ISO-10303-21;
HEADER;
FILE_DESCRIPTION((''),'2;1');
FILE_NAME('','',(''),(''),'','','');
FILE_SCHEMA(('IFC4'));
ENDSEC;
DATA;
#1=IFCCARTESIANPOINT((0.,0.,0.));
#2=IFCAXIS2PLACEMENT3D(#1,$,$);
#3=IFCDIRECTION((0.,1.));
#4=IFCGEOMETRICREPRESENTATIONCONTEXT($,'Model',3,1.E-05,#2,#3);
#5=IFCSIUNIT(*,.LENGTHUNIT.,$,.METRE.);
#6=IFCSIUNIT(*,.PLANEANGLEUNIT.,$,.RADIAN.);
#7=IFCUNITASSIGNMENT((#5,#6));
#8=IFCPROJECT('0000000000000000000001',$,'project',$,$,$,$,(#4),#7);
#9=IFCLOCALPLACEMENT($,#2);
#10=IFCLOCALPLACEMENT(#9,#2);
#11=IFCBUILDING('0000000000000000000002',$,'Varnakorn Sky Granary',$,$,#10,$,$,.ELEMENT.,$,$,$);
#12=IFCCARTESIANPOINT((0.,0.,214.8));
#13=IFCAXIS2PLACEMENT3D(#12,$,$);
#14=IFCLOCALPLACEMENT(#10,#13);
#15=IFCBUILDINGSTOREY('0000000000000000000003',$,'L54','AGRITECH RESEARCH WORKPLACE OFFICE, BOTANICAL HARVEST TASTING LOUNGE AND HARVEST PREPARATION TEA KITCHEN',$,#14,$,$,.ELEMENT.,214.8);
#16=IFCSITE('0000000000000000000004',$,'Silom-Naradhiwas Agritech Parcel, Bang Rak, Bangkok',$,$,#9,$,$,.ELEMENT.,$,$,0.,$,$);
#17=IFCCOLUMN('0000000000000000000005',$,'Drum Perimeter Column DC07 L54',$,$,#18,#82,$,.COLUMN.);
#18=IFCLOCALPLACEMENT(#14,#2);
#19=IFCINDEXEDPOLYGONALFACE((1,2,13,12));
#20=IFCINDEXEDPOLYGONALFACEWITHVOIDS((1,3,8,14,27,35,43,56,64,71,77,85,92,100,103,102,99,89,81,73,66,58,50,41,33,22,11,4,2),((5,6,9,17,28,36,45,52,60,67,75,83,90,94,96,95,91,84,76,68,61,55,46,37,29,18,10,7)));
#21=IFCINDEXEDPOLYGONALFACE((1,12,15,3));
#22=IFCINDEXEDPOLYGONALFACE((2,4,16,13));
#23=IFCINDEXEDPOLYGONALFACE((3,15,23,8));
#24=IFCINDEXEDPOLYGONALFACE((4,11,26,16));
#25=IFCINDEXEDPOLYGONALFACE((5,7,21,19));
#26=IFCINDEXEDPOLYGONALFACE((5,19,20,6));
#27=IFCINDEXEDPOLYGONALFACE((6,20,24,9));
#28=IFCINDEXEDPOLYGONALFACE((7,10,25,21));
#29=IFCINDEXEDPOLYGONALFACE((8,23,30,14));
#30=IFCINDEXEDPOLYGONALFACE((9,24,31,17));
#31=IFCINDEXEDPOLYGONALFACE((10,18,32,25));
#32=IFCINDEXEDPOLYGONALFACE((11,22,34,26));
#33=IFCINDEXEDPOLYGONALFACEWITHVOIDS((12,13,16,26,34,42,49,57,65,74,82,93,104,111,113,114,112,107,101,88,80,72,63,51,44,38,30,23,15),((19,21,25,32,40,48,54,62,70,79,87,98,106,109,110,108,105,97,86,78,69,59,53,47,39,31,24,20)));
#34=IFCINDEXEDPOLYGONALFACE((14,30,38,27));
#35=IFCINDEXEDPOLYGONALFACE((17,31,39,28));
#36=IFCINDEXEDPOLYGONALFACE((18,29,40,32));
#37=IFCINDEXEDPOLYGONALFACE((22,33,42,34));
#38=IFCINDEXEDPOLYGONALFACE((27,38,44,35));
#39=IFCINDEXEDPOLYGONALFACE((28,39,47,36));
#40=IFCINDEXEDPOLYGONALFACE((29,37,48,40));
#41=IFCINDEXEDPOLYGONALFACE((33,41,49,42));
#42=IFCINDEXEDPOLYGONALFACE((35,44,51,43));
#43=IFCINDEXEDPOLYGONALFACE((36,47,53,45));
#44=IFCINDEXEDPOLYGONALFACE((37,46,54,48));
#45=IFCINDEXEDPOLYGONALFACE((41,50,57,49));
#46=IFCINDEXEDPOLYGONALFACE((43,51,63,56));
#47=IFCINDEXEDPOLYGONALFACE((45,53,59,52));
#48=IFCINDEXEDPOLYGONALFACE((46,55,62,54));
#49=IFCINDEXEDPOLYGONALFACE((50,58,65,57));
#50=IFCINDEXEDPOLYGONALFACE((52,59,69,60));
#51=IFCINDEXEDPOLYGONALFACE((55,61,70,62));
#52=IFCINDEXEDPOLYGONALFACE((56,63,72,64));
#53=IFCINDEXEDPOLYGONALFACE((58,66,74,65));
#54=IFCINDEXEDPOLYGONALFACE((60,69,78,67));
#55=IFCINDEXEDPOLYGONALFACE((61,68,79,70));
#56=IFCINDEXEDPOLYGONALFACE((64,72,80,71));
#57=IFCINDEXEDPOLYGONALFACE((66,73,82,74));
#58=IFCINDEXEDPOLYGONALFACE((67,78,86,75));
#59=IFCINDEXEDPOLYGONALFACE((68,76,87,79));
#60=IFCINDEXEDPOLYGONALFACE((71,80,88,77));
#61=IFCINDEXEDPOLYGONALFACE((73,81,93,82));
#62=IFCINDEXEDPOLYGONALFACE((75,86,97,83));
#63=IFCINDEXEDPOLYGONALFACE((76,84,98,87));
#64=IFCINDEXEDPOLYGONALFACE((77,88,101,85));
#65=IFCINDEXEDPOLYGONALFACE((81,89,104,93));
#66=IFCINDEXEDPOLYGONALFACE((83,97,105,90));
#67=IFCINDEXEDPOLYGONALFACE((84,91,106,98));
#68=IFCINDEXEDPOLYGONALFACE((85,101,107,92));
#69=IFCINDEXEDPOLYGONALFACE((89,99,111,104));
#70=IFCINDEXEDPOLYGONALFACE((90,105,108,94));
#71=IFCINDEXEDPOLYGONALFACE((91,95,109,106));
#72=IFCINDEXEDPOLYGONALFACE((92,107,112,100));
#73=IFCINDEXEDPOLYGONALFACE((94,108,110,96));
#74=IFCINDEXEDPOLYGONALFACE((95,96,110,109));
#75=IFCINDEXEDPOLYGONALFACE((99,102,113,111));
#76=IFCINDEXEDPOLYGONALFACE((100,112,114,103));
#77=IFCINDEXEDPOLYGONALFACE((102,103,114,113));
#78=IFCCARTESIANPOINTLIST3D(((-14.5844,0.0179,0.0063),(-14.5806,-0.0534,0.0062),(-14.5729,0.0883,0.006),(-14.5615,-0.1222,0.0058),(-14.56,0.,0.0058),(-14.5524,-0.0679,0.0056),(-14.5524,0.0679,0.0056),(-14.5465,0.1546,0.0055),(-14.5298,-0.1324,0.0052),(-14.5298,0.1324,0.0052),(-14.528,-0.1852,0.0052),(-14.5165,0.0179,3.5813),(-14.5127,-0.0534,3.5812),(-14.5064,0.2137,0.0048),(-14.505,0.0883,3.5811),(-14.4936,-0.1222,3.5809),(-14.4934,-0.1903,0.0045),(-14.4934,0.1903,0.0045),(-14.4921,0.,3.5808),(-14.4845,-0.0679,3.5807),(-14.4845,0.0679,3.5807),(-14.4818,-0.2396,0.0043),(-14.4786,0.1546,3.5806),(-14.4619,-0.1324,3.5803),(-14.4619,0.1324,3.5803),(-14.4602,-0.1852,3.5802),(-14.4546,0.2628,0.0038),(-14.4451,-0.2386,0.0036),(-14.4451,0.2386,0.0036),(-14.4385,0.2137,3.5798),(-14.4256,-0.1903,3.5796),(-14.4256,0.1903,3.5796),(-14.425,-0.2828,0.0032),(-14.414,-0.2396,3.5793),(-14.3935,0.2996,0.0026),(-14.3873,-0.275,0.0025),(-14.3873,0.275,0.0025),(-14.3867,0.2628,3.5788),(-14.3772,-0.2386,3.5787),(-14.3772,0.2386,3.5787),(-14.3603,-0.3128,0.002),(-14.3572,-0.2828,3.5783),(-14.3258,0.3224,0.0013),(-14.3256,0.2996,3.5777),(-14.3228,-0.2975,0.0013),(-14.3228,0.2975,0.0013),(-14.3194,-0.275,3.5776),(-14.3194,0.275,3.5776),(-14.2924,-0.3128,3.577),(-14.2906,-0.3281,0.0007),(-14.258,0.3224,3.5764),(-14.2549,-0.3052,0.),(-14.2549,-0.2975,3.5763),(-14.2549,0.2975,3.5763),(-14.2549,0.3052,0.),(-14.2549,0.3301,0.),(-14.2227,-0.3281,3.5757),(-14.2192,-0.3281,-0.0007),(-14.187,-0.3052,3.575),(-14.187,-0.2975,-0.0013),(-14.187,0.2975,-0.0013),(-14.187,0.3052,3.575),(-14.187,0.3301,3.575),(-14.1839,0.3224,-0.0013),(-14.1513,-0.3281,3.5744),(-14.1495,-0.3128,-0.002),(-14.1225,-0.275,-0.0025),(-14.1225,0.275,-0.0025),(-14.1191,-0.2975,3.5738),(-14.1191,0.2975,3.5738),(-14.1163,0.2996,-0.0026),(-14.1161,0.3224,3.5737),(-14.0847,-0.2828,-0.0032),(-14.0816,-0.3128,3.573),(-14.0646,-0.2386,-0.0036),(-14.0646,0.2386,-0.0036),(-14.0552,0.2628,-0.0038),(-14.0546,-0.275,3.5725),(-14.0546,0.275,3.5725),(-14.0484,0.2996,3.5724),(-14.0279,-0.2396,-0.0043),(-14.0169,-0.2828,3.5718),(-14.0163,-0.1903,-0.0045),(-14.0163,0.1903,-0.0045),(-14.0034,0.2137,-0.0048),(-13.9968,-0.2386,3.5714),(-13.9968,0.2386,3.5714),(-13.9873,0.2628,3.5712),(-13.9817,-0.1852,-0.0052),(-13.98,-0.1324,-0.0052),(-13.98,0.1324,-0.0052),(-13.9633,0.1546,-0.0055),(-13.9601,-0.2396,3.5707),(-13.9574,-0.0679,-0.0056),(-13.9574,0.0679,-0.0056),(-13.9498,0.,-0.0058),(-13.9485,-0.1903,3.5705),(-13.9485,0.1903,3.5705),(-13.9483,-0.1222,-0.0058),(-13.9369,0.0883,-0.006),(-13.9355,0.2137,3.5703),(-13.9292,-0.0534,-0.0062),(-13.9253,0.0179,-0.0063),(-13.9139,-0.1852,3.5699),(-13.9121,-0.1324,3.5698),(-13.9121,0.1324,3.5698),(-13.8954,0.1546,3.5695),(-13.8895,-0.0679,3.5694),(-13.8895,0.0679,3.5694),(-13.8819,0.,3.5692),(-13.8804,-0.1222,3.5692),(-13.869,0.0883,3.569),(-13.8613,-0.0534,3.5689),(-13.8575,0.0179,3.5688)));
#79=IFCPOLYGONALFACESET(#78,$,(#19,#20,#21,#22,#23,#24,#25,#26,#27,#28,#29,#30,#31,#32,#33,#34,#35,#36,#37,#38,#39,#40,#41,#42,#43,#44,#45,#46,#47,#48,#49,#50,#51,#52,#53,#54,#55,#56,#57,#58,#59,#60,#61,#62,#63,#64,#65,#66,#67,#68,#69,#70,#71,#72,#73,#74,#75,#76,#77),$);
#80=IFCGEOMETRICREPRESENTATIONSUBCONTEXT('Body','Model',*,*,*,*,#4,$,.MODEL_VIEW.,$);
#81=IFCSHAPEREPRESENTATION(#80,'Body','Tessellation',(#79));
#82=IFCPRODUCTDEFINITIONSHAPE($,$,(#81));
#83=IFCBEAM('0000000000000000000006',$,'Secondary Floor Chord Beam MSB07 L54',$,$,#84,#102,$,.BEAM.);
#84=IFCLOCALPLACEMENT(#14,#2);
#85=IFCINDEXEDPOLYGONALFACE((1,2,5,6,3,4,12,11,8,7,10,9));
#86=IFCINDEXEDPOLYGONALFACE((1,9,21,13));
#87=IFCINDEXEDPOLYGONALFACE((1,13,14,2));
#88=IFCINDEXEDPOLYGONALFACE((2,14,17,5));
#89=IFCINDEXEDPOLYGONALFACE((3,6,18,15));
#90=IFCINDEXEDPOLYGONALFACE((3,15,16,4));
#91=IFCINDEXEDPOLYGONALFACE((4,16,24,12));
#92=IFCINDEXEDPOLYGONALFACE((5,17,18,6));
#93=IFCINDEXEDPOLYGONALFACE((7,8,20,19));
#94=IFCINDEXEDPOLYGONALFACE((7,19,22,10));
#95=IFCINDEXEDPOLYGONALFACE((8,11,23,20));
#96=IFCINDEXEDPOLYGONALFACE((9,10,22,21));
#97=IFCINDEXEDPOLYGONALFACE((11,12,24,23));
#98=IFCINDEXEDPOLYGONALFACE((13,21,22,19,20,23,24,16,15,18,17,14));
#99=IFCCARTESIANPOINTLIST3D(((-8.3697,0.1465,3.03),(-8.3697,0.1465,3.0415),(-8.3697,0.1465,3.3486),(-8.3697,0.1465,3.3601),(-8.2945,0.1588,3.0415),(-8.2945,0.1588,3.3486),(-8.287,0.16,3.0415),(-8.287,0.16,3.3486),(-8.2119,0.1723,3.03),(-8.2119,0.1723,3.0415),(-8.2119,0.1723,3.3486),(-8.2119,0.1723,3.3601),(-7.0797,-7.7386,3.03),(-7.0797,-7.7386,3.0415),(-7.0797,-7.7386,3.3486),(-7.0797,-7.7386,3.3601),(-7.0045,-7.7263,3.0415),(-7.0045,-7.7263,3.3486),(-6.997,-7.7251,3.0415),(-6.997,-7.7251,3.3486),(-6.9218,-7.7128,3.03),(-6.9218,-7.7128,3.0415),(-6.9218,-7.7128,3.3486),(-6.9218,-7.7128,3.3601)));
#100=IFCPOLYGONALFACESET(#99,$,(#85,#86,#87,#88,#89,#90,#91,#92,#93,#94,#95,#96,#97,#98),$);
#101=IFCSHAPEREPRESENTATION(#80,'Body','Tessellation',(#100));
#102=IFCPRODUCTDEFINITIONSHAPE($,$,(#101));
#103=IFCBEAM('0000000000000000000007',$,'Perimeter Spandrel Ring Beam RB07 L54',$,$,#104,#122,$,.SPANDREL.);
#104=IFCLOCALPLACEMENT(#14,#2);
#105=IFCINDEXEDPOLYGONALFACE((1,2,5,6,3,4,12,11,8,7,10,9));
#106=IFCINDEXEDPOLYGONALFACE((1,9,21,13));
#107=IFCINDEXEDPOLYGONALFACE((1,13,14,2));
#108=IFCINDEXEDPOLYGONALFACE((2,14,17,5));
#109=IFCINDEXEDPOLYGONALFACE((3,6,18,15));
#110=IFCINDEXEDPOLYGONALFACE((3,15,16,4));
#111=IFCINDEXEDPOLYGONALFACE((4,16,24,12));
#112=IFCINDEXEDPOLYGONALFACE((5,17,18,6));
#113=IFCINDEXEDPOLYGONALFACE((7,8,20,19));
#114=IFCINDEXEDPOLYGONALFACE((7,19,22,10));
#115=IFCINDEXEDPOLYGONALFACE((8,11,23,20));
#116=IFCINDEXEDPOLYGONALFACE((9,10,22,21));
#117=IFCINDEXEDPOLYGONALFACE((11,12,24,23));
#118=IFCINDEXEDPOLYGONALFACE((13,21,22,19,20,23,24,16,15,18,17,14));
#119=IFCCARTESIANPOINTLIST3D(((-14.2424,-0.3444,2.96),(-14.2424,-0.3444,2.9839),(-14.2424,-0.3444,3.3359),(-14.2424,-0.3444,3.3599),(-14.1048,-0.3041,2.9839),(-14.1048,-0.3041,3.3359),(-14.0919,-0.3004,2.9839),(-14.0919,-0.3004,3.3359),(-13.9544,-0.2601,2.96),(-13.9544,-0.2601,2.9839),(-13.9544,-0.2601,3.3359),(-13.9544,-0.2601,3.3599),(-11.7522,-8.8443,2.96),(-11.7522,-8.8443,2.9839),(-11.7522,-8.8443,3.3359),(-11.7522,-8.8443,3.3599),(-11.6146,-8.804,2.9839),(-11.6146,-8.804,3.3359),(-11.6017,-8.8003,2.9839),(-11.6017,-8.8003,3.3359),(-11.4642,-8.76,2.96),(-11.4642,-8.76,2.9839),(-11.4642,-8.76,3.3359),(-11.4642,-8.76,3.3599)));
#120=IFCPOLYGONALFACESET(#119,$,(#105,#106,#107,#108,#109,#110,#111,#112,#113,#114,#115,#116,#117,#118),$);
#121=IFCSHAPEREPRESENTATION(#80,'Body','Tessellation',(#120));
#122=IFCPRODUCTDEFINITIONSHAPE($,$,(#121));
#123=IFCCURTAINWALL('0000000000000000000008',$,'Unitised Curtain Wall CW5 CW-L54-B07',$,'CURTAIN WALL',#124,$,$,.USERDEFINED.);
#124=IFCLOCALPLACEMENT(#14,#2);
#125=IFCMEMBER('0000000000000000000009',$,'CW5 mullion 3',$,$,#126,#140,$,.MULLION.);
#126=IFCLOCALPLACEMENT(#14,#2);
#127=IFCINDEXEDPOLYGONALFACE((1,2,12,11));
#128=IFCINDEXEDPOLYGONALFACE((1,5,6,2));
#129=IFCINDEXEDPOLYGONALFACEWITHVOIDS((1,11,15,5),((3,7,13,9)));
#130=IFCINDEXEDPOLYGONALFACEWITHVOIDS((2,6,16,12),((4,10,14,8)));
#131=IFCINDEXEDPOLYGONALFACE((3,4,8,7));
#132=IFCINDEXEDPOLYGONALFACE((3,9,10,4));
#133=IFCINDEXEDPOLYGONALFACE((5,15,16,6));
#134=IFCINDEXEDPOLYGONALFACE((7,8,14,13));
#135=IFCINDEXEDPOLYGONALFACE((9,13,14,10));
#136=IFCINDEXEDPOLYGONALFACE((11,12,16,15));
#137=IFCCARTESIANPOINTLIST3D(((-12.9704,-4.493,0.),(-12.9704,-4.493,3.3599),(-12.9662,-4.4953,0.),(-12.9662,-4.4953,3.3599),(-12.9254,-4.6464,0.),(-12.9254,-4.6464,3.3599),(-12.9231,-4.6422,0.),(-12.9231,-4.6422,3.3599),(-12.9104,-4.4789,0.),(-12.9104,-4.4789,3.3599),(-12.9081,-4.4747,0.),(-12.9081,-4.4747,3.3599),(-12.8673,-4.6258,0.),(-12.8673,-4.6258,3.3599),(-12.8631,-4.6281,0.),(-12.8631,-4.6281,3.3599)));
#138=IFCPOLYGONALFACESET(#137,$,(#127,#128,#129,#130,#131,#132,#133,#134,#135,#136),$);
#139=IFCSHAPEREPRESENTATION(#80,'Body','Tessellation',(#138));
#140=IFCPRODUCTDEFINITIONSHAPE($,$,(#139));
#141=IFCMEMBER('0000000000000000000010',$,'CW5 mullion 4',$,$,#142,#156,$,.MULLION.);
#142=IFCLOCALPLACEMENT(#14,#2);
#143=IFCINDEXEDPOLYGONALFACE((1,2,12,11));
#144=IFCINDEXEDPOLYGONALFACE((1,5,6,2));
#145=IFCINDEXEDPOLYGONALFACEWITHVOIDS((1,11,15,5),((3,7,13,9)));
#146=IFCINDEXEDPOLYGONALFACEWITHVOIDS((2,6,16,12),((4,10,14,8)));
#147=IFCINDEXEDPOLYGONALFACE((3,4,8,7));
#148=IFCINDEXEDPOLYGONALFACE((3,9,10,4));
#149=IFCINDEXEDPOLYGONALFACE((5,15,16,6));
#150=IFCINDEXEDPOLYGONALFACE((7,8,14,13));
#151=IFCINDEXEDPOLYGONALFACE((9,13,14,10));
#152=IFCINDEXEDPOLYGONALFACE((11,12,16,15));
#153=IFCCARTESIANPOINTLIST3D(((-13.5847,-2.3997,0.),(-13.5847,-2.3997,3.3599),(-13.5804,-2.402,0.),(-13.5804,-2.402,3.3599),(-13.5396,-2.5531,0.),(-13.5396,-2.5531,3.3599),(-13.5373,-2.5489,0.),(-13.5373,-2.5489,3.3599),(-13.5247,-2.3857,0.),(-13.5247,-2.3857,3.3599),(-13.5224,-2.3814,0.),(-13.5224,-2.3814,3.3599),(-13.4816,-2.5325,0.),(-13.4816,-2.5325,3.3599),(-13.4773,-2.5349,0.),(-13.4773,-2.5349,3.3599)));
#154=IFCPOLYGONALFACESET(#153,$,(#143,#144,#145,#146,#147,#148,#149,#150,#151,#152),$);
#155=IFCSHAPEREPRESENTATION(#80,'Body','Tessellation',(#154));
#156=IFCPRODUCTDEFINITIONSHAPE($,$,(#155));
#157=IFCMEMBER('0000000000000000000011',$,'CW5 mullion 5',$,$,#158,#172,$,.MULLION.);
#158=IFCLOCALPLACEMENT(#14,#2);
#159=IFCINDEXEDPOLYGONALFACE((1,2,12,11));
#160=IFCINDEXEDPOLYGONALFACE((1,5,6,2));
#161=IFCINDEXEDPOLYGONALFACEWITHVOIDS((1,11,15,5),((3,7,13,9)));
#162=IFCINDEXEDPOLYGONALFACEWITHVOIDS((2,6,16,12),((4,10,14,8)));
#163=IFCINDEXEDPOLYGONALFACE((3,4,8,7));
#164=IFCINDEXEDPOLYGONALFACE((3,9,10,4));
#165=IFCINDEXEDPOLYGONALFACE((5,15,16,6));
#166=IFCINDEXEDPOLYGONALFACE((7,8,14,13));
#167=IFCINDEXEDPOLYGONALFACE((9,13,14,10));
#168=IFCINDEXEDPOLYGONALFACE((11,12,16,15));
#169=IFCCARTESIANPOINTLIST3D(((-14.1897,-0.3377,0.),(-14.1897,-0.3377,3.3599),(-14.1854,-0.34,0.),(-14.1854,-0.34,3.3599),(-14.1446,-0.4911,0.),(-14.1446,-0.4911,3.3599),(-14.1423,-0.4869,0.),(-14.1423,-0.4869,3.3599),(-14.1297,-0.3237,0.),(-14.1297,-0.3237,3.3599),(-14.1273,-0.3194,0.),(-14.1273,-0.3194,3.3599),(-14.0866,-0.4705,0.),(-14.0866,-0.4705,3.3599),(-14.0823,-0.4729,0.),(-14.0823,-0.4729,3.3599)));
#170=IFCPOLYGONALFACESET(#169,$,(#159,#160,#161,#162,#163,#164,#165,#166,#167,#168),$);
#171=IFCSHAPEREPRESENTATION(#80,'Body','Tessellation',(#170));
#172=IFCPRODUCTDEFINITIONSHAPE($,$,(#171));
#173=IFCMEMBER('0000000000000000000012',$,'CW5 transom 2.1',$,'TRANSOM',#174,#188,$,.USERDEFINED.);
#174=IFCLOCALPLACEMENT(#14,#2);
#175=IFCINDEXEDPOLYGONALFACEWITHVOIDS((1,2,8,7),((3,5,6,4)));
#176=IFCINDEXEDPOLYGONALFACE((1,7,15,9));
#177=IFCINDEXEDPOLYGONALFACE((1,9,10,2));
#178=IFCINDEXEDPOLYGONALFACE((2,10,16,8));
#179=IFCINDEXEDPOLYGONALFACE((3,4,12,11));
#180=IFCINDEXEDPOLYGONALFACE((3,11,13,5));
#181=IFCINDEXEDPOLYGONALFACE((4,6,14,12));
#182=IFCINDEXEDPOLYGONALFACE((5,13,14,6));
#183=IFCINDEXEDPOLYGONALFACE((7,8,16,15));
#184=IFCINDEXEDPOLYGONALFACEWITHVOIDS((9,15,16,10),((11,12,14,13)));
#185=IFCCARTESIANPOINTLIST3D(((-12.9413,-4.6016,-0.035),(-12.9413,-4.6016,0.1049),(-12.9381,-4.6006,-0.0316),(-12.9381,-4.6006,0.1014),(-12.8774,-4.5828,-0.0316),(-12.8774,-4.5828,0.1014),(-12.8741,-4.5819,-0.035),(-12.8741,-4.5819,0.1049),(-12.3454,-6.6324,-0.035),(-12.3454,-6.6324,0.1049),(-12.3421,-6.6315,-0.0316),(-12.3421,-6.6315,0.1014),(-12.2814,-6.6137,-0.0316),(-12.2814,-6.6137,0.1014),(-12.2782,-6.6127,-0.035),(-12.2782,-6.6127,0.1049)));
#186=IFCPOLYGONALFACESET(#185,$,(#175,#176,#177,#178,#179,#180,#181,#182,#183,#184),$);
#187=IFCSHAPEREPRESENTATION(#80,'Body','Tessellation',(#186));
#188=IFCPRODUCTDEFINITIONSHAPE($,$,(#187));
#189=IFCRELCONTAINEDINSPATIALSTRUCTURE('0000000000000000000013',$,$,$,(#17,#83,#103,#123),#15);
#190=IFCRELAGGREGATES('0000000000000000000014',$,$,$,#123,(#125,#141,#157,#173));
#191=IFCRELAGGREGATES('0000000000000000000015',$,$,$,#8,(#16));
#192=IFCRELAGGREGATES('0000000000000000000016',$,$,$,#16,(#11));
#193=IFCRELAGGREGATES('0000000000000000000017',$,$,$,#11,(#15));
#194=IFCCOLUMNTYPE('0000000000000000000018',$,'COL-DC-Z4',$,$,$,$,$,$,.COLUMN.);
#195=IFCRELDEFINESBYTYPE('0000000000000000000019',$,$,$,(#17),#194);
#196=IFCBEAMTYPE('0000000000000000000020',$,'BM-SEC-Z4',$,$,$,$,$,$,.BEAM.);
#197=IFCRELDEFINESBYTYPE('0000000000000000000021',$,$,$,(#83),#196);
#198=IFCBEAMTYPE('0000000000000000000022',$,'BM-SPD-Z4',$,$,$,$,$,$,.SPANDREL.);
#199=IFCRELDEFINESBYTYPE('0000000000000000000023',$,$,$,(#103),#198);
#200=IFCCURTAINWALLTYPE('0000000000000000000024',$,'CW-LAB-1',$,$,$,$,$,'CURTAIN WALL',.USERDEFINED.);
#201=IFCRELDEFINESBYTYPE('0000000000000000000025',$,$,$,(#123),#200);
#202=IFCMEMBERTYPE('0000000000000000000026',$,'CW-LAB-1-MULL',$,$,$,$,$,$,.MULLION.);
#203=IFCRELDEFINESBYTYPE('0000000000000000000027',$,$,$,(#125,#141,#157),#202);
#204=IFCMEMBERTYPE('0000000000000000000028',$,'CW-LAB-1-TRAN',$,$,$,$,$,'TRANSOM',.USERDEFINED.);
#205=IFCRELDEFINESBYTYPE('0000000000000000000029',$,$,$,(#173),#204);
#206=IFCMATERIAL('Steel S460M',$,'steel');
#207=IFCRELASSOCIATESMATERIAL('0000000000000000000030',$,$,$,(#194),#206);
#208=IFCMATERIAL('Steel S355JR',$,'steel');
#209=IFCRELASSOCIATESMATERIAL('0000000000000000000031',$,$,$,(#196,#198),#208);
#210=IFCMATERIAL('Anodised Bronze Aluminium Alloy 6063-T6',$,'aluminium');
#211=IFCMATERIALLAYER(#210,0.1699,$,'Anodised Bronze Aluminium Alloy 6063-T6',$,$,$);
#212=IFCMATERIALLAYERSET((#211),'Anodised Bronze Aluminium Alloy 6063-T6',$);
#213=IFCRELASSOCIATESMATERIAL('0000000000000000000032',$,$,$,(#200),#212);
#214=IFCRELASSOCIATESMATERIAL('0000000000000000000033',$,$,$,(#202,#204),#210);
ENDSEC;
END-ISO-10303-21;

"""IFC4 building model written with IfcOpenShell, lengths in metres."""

from ifc_helpers import new_model, si_unit, direction, frame, origin, origin_2d, place, context, subcontext, project, spatial, hollow_rectangle, hollow_circle, i_section, extrude, material, layer, layer_set, material_profile, profile_set, type_object, element, aggregate, save


model = new_model("IFC4")

# Units and contexts
model_context = context("Model", 3, precision=1e-05, world=origin(), true_north=direction((0.0, 1.0)))
body_context = subcontext(model_context, "Body", "Model", "MODEL_VIEW")
ifc_project = project(units=[si_unit("LENGTHUNIT", "METRE"), si_unit("PLANEANGLEUNIT", "RADIAN")], contexts=[model_context])

# Site, building, storey
site_placement = place(None, origin())
site = spatial("IfcSite", under=ifc_project, at=site_placement, Name="Silom-Naradhiwas Agritech Parcel, Bang Rak, Bangkok", CompositionType="ELEMENT", RefElevation=0.0)
building_placement = place(site_placement, origin())
building = spatial("IfcBuilding", under=site, at=building_placement, Name="Varnakorn Sky Granary", CompositionType="ELEMENT")
storey_placement = place(building_placement, frame((0.0, 0.0, 214.8)))
storey = spatial("IfcBuildingStorey", under=building, at=storey_placement, Name="L54", Description="AGRITECH RESEARCH WORKPLACE OFFICE, BOTANICAL HARVEST TASTING LOUNGE AND HARVEST PREPARATION TEA KITCHEN", CompositionType="ELEMENT", Elevation=214.8)

# Column
ifc_material_1 = material(Name="Steel S460M", Category="steel")
ifc_material_profile_1 = material_profile(ifc_material_1, hollow_circle(Radius=0.3301, WallThickness=0.0249, at=origin_2d()), Name="CHS 660x25")
ifc_profile_set_1 = profile_set([ifc_material_profile_1], Name="Steel S460M")
column_type = type_object("IfcColumnType", Name="COL-DC-Z4", PredefinedType="COLUMN", material=ifc_profile_set_1)
column_placement = place(storey_placement, frame((-14.2549, 0.0, 0.0), z_axis=(0.018982, 0.0, 0.99982), x_axis=(0.0, 1.0, 0.0)))
element("IfcColumn", 1, at=column_placement, inside=storey, type_object=column_type, Name="Drum Perimeter Column DC07 L54", PredefinedType="COLUMN", context=body_context, shape_type="SweptSolid", body=[
    extrude(hollow_circle(Radius=0.3301, WallThickness=0.0249, at=origin_2d()), origin(), (0.0, 0.0, 1.0), 3.5757),
])

# Beams
ifc_material_2 = material(Name="Steel S355JR", Category="steel")
ifc_material_profile_2 = material_profile(ifc_material_2, i_section(OverallWidth=0.1599, OverallDepth=0.3301, WebThickness=0.0076, FlangeThickness=0.0115, at=origin_2d()), Name="IPE 330")
ifc_profile_set_2 = profile_set([ifc_material_profile_2], Name="Steel S355JR")
beam_type_1 = type_object("IfcBeamType", Name="BM-SEC-Z4", PredefinedType="BEAM", material=ifc_profile_set_2)
beam_1_placement = place(storey_placement, frame((-8.2908, 0.1594, 3.1951), z_axis=(0.161455, -0.98688, 0.0), x_axis=(0.98688, 0.161455, 0.0)))
element("IfcBeam", 2, at=beam_1_placement, inside=storey, type_object=beam_type_1, Name="Secondary Floor Chord Beam MSB07 L54", PredefinedType="BEAM", context=body_context, shape_type="SweptSolid", body=[
    extrude(i_section(OverallWidth=0.1599, OverallDepth=0.3301, WebThickness=0.0076, FlangeThickness=0.0115, at=origin_2d()), origin(), (0.0, 0.0, 1.0), 7.99),
])
ifc_material_profile_3 = material_profile(ifc_material_2, i_section(OverallWidth=0.3, OverallDepth=0.3999, WebThickness=0.0134, FlangeThickness=0.0239, at=origin_2d()), Name="HE 400 B")
ifc_profile_set_3 = profile_set([ifc_material_profile_3], Name="Steel S355JR")
beam_type_2 = type_object("IfcBeamType", Name="BM-SPD-Z4", PredefinedType="SPANDREL", material=ifc_profile_set_3)
beam_2_placement = place(storey_placement, frame((-14.0984, -0.3022, 3.1599), z_axis=(0.281151, -0.959663, 0.0), x_axis=(0.959663, 0.281151, 0.0)))
element("IfcBeam", 3, at=beam_2_placement, inside=storey, type_object=beam_type_2, Name="Perimeter Spandrel Ring Beam RB07 L54", PredefinedType="SPANDREL", context=body_context, shape_type="SweptSolid", body=[
    extrude(i_section(OverallWidth=0.3, OverallDepth=0.3999, WebThickness=0.0134, FlangeThickness=0.0239, at=origin_2d()), origin(), (0.0, 0.0, 1.0), 8.8572),
])

# Curtain wall, members
ifc_material_3 = material(Name="Anodised Bronze Aluminium Alloy 6063-T6", Category="aluminium")
ifc_layer_1 = layer(ifc_material_3, 0.1699, Name="Anodised Bronze Aluminium Alloy 6063-T6")
ifc_layer_set_1 = layer_set([ifc_layer_1], Name="Anodised Bronze Aluminium Alloy 6063-T6")
curtain_wall_type = type_object("IfcCurtainWallType", Name="CW-LAB-1", ElementType="CURTAIN WALL", PredefinedType="USERDEFINED", material=ifc_layer_set_1)
curtain_wall_placement = place(storey_placement, origin())
curtain_wall = element("IfcCurtainWall", 4, at=curtain_wall_placement, inside=storey, type_object=curtain_wall_type, Name="Unitised Curtain Wall CW5 CW-L54-B07", ObjectType="CURTAIN WALL", PredefinedType="USERDEFINED")
ifc_material_profile_4 = material_profile(ifc_material_3, hollow_rectangle(XDim=0.0649, YDim=0.1599, WallThickness=0.0034, at=origin_2d()), Name="ALU MULL 65x160")
ifc_profile_set_4 = profile_set([ifc_material_profile_4], Name="Anodised Bronze Aluminium Alloy 6063-T6")
member_type_1 = type_object("IfcMemberType", Name="CW-LAB-1-MULL", PredefinedType="MULLION", material=ifc_profile_set_4)
member_1_placement = place(storey_placement, frame((-12.9167, -4.5605, 0.0), z_axis=(0.0, 0.0, 1.0), x_axis=(-0.95954, -0.281572, 0.0)))
member_1 = element("IfcMember", 5, at=member_1_placement, type_object=member_type_1, Name="CW5 mullion 3", PredefinedType="MULLION", context=body_context, shape_type="SweptSolid", body=[
    extrude(hollow_rectangle(XDim=0.0649, YDim=0.1599, WallThickness=0.0034, at=origin_2d()), origin(), (0.0, 0.0, 1.0), 3.3599),
])
member_2_placement = place(storey_placement, frame((-13.531, -2.4673, 0.0), z_axis=(0.0, 0.0, 1.0), x_axis=(-0.95954, -0.281572, 0.0)))
member_2 = element("IfcMember", 6, at=member_2_placement, type_object=member_type_1, Name="CW5 mullion 4", PredefinedType="MULLION", context=body_context, shape_type="SweptSolid", body=[
    extrude(hollow_rectangle(XDim=0.0649, YDim=0.1599, WallThickness=0.0034, at=origin_2d()), origin(), (0.0, 0.0, 1.0), 3.3599),
])
member_3_placement = place(storey_placement, frame((-14.136, -0.4053, 0.0), z_axis=(0.0, 0.0, 1.0), x_axis=(-0.95954, -0.281572, 0.0)))
member_3 = element("IfcMember", 7, at=member_3_placement, type_object=member_type_1, Name="CW5 mullion 5", PredefinedType="MULLION", context=body_context, shape_type="SweptSolid", body=[
    extrude(hollow_rectangle(XDim=0.0649, YDim=0.1599, WallThickness=0.0034, at=origin_2d()), origin(), (0.0, 0.0, 1.0), 3.3599),
])
ifc_material_profile_5 = material_profile(ifc_material_3, hollow_rectangle(XDim=0.0701, YDim=0.1399, WallThickness=0.0034, at=origin_2d()), Name="ALU TRAN 70x140")
ifc_profile_set_5 = profile_set([ifc_material_profile_5], Name="Anodised Bronze Aluminium Alloy 6063-T6")
member_type_2 = type_object("IfcMemberType", Name="CW-LAB-1-TRAN", ElementType="TRANSOM", PredefinedType="USERDEFINED", material=ifc_profile_set_5)
member_4_placement = place(storey_placement, frame((-12.3118, -6.6226, 0.0349), z_axis=(-0.281585, 0.959536, 0.0), x_axis=(-0.959536, -0.281585, 0.0)))
member_4 = element("IfcMember", 8, at=member_4_placement, type_object=member_type_2, Name="CW5 transom 2.1", ObjectType="TRANSOM", PredefinedType="USERDEFINED", context=body_context, shape_type="SweptSolid", body=[
    extrude(hollow_rectangle(XDim=0.0701, YDim=0.1399, WallThickness=0.0034, at=origin_2d()), origin(), (0.0, 0.0, 1.0), 2.1165),
])

aggregate(curtain_wall, [member_1, member_2, member_3, member_4])

save(model, "model.ifc")
